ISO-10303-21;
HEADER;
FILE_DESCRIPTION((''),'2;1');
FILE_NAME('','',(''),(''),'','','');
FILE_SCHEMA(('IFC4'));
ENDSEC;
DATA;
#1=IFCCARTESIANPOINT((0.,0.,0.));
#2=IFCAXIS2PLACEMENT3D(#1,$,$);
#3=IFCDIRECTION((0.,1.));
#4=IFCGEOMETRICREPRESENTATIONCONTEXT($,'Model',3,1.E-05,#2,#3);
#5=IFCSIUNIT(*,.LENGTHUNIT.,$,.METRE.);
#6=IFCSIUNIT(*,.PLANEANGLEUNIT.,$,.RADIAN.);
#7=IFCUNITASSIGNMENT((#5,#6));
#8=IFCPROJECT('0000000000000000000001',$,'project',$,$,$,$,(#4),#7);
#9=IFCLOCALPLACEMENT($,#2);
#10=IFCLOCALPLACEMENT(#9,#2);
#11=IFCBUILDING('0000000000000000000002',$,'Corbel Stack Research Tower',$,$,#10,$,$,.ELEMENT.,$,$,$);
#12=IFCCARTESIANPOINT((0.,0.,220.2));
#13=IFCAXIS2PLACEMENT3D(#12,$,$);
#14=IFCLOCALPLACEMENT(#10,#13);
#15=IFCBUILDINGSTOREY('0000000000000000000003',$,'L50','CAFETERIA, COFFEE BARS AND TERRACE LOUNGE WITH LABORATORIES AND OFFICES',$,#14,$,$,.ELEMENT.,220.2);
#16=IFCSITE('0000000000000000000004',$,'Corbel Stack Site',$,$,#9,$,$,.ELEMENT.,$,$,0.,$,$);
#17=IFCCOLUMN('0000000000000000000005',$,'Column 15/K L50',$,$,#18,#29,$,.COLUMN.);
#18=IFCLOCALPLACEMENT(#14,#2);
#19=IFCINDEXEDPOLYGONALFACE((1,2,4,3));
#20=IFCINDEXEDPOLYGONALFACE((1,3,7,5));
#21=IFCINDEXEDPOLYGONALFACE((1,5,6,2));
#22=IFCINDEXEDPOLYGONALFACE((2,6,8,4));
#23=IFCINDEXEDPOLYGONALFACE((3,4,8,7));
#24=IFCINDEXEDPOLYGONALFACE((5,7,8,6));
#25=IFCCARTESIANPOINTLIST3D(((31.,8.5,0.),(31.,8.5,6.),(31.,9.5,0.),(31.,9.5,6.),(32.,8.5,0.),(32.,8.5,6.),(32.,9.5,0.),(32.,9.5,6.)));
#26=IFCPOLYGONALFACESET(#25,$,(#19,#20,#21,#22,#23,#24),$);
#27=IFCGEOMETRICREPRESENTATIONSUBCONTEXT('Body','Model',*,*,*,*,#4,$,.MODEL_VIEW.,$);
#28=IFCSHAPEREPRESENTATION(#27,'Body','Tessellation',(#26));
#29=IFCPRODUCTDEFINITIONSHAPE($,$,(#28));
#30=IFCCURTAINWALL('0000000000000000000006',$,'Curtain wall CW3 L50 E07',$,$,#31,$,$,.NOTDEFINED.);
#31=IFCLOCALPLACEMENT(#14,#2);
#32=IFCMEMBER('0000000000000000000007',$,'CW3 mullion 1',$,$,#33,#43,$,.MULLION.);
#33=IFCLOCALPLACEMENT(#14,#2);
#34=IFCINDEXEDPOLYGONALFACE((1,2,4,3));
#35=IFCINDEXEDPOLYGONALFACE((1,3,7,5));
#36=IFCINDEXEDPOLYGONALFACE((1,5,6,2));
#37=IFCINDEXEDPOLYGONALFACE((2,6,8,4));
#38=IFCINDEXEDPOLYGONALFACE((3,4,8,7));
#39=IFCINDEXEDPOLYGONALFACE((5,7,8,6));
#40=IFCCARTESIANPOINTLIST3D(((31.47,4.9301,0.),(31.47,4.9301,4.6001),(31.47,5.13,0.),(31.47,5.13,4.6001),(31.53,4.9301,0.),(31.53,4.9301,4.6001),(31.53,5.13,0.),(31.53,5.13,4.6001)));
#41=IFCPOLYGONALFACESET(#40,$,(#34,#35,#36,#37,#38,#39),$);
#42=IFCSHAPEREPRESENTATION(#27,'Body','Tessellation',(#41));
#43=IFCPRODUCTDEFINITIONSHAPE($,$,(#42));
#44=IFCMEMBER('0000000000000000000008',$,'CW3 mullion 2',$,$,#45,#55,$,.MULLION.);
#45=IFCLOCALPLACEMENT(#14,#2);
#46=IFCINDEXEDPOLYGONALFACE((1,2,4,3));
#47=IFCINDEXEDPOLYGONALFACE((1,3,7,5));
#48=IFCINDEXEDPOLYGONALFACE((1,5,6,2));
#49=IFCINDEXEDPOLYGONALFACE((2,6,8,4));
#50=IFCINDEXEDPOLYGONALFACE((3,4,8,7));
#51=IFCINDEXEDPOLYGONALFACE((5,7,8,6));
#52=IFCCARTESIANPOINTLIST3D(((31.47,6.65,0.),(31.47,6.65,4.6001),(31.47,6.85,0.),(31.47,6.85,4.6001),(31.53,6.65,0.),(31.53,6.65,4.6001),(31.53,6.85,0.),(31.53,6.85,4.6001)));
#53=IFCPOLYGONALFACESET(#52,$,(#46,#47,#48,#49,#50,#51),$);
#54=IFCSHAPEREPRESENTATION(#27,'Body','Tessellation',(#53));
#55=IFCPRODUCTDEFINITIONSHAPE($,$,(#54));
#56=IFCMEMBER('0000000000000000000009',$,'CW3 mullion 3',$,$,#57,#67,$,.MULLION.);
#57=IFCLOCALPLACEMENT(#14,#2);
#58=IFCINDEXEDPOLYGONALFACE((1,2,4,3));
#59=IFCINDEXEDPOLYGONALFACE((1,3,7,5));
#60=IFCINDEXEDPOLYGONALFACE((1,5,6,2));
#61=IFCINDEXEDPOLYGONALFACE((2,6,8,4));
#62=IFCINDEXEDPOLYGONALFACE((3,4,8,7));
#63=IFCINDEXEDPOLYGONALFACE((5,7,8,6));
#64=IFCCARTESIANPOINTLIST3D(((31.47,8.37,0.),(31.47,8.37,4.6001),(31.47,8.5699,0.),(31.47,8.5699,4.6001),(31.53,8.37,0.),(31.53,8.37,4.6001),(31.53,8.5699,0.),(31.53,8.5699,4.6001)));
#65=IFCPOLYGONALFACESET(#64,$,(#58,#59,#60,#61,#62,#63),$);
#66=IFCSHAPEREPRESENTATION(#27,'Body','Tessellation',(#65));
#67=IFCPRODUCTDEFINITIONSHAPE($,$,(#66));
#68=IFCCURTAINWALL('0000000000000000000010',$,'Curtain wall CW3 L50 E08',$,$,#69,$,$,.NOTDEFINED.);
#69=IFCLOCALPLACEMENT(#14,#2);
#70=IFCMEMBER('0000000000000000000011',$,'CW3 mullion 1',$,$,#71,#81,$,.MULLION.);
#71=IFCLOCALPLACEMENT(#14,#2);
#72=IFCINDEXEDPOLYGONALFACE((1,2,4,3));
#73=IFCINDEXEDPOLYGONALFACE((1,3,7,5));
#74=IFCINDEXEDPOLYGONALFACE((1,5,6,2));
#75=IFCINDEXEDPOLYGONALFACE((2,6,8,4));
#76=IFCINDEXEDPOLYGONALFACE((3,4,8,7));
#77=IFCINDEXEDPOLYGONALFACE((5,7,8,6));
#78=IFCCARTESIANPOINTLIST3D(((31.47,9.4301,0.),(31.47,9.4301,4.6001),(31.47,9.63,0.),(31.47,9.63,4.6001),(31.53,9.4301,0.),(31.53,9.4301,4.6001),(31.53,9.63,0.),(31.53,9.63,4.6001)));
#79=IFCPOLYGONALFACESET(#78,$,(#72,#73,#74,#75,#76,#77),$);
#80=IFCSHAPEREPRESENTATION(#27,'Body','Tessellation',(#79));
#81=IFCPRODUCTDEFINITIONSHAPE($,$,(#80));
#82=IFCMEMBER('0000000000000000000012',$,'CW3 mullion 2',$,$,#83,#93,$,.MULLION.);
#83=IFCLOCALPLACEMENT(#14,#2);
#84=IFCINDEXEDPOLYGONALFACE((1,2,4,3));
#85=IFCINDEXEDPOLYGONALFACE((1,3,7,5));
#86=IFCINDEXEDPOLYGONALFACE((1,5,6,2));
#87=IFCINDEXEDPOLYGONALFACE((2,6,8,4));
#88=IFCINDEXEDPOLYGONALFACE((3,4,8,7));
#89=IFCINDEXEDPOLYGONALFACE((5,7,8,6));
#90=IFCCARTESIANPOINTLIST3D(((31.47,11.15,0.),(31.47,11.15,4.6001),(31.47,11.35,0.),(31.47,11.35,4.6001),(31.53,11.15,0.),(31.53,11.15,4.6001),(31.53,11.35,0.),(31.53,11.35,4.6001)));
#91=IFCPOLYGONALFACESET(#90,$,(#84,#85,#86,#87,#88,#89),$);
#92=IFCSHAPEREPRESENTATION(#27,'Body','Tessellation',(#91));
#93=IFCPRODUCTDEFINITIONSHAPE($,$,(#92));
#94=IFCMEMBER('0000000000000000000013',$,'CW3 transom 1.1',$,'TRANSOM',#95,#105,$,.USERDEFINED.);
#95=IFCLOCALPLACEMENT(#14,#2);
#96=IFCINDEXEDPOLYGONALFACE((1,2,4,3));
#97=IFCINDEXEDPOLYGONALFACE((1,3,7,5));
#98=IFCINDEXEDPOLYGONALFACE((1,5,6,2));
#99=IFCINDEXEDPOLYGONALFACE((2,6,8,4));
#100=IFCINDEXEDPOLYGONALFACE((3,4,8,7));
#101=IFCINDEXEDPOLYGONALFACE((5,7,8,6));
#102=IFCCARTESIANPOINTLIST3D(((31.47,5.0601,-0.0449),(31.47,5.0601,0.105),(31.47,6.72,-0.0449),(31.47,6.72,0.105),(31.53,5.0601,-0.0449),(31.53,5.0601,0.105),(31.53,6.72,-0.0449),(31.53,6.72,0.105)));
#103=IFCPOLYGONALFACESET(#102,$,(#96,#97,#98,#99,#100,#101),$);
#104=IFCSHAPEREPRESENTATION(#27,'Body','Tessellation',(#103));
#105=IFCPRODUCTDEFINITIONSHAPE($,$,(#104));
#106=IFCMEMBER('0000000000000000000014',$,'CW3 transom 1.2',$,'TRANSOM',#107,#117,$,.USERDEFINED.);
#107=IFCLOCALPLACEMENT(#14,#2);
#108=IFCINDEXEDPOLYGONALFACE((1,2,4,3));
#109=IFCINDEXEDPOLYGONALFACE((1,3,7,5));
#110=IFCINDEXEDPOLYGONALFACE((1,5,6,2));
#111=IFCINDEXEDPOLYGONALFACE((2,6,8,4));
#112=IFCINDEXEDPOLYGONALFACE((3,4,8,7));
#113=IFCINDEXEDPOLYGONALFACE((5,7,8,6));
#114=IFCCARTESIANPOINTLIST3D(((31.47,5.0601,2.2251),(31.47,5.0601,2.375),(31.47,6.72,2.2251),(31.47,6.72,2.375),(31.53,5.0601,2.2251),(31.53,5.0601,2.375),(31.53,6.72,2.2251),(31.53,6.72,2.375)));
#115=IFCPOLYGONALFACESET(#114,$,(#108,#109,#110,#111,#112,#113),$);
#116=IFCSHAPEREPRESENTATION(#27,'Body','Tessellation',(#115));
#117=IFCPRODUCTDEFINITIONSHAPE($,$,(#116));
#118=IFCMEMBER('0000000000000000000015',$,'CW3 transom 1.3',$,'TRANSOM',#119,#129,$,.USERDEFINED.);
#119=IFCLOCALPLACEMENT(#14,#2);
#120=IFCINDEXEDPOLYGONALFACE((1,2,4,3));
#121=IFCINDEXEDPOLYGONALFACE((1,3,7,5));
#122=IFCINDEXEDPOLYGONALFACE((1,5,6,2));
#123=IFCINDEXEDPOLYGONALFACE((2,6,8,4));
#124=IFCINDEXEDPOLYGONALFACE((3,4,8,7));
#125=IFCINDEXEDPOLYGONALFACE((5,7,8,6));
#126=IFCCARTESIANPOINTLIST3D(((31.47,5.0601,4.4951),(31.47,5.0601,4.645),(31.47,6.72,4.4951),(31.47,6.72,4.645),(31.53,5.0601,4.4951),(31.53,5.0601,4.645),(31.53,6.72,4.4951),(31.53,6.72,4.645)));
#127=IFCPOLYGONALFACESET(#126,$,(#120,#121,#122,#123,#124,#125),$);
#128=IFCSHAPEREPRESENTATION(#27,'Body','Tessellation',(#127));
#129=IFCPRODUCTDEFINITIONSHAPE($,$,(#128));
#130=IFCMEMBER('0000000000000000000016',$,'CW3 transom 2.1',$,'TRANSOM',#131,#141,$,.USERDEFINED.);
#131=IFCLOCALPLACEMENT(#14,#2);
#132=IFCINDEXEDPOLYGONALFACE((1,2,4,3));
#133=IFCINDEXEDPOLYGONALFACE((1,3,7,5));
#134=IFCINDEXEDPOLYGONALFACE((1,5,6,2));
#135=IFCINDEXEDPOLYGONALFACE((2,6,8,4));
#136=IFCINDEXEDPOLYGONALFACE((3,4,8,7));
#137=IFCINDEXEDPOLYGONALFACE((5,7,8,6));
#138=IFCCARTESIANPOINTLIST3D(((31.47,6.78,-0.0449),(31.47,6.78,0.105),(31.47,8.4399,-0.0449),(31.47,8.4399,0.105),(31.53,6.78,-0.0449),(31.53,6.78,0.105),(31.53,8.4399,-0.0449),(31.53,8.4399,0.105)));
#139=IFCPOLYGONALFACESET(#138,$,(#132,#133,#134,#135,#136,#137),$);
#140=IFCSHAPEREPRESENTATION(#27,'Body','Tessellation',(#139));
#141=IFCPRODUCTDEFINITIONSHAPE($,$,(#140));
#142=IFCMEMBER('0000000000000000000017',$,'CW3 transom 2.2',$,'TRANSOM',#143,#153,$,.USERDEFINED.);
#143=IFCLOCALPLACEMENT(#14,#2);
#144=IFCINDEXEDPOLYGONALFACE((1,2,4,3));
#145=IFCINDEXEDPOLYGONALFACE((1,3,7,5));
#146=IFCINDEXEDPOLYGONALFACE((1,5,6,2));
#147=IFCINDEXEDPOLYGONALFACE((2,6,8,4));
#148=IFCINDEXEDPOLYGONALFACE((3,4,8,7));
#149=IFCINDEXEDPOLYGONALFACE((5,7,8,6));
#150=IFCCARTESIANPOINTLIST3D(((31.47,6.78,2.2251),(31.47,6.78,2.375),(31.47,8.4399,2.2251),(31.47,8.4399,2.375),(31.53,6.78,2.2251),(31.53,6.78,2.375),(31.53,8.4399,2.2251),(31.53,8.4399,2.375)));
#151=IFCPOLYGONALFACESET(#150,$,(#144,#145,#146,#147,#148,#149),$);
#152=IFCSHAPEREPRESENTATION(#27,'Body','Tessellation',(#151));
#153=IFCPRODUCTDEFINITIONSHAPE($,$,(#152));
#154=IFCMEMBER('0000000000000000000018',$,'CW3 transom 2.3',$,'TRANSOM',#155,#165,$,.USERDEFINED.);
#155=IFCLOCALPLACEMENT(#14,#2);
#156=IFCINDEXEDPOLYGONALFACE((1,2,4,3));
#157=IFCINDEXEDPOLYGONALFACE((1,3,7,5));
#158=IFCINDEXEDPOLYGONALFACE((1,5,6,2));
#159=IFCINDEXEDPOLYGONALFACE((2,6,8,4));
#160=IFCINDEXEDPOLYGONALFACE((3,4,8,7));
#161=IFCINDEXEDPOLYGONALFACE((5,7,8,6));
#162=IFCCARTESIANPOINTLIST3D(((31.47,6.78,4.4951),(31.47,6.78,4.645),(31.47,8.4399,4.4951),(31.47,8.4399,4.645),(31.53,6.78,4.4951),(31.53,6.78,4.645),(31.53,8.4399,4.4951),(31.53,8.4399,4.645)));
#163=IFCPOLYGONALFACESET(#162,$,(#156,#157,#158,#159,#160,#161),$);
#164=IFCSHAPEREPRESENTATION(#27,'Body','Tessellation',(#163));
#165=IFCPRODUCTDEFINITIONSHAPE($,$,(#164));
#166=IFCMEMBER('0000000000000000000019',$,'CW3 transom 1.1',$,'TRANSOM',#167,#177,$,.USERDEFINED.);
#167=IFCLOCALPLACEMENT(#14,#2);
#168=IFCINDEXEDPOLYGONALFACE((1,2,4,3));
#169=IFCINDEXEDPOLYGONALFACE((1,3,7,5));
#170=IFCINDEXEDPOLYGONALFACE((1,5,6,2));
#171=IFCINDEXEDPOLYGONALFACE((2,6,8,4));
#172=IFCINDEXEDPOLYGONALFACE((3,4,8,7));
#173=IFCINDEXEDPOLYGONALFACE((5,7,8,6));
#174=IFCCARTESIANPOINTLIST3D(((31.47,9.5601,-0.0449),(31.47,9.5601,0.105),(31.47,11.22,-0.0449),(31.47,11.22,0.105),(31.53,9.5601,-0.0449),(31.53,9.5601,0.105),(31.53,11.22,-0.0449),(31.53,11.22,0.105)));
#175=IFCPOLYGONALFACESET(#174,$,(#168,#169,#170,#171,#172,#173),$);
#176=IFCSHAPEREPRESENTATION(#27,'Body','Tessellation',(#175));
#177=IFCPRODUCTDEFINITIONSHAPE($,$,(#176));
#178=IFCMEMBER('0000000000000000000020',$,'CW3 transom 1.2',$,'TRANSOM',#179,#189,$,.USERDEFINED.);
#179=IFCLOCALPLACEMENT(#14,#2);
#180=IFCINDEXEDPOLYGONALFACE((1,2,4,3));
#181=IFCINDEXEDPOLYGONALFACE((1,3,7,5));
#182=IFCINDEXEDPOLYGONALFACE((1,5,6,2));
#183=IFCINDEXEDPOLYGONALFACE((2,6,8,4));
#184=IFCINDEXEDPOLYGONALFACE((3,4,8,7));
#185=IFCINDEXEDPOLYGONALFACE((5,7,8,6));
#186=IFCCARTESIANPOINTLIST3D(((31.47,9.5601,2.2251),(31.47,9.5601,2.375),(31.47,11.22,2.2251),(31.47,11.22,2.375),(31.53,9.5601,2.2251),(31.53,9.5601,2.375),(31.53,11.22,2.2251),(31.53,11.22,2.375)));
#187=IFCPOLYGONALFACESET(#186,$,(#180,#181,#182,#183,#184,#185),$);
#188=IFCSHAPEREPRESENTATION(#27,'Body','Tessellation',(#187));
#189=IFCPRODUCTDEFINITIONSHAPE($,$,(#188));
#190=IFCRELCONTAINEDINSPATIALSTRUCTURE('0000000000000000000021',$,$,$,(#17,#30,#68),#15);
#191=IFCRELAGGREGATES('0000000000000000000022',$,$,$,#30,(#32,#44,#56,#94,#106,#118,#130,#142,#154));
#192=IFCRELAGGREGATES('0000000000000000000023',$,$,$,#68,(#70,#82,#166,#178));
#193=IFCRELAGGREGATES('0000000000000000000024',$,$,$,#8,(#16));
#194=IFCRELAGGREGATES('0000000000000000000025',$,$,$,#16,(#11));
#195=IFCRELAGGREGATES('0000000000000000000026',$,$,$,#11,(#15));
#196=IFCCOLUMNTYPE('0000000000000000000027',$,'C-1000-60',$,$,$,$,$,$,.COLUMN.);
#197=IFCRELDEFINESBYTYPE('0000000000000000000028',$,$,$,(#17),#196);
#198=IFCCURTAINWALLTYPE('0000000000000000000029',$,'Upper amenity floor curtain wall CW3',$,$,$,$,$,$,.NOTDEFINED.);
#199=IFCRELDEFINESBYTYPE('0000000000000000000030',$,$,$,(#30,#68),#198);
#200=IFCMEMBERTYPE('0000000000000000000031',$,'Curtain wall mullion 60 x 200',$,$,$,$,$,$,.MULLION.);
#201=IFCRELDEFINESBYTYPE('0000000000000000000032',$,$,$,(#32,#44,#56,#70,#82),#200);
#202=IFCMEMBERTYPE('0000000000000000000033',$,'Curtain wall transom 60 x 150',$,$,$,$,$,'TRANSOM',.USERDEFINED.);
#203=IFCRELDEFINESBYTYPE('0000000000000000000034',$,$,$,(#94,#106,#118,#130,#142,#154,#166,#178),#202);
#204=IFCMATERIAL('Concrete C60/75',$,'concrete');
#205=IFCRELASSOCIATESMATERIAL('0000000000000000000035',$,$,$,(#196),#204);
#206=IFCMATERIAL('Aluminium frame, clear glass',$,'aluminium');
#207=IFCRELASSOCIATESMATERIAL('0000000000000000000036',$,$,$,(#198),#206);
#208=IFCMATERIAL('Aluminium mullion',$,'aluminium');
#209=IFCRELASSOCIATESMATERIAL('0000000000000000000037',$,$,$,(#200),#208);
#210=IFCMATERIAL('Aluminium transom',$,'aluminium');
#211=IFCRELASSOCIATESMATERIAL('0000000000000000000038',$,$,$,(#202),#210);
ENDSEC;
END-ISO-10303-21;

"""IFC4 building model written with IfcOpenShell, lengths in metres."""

from ifc_helpers import new_model, si_unit, direction, frame, origin, origin_2d, place, context, subcontext, project, spatial, rectangle, extrude, material, material_profile, profile_set, type_object, element, aggregate, save


model = new_model("IFC4")

# Units and contexts
model_context = context("Model", 3, precision=1e-05, world=origin(), true_north=direction((0.0, 1.0)))
body_context = subcontext(model_context, "Body", "Model", "MODEL_VIEW")
ifc_project = project(units=[si_unit("LENGTHUNIT", "METRE"), si_unit("PLANEANGLEUNIT", "RADIAN")], contexts=[model_context])

# Site, building, storey
site_placement = place(None, origin())
site = spatial("IfcSite", under=ifc_project, at=site_placement, Name="Corbel Stack Site", CompositionType="ELEMENT", RefElevation=0.0)
building_placement = place(site_placement, origin())
building = spatial("IfcBuilding", under=site, at=building_placement, Name="Corbel Stack Research Tower", CompositionType="ELEMENT")
storey_placement = place(building_placement, frame((0.0, 0.0, 220.2)))
storey = spatial("IfcBuildingStorey", under=building, at=storey_placement, Name="L50", Description="CAFETERIA, COFFEE BARS AND TERRACE LOUNGE WITH LABORATORIES AND OFFICES", CompositionType="ELEMENT", Elevation=220.2)

# Column
ifc_material_1 = material(Name="Concrete C60/75", Category="concrete")
ifc_material_profile_1 = material_profile(ifc_material_1, rectangle(XDim=1.0, YDim=1.0, at=origin_2d()), Name="RC 1000 x 1000")
ifc_profile_set_1 = profile_set([ifc_material_profile_1], Name="Concrete C60/75")
column_type = type_object("IfcColumnType", Name="C-1000-60", PredefinedType="COLUMN", material=ifc_profile_set_1)
column_placement = place(storey_placement, frame((31.5, 9.0, 0.0), z_axis=(0.0, 0.0, 1.0), x_axis=(1.0, 0.0, 0.0)))
element("IfcColumn", 1, at=column_placement, inside=storey, type_object=column_type, Name="Column 15/K L50", PredefinedType="COLUMN", context=body_context, shape_type="SweptSolid", body=[
    extrude(rectangle(XDim=1.0, YDim=1.0, at=origin_2d()), origin(), (0.0, 0.0, 1.0), 6.0),
])

# Curtain walls, members
ifc_material_2 = material(Name="Aluminium frame, clear glass", Category="aluminium")
curtain_wall_type = type_object("IfcCurtainWallType", Name="Upper amenity floor curtain wall CW3", PredefinedType="NOTDEFINED", material=ifc_material_2)
curtain_wall_1_placement = place(storey_placement, origin())
curtain_wall_1 = element("IfcCurtainWall", 2, at=curtain_wall_1_placement, inside=storey, type_object=curtain_wall_type, Name="Curtain wall CW3 L50 E07", PredefinedType="NOTDEFINED")
ifc_material_3 = material(Name="Aluminium mullion", Category="aluminium")
ifc_material_profile_2 = material_profile(ifc_material_3, rectangle(XDim=0.0601, YDim=0.2, at=origin_2d()), Name="Mullion 60 x 200")
ifc_profile_set_2 = profile_set([ifc_material_profile_2], Name="Aluminium mullion")
member_type_1 = type_object("IfcMemberType", Name="Curtain wall mullion 60 x 200", PredefinedType="MULLION", material=ifc_profile_set_2)
member_1_placement = place(storey_placement, frame((31.5, 5.03, 0.0), z_axis=(0.0, 0.0, 1.0), x_axis=(-1.0, 0.0, 0.0)))
member_1 = element("IfcMember", 3, at=member_1_placement, type_object=member_type_1, Name="CW3 mullion 1", PredefinedType="MULLION", context=body_context, shape_type="SweptSolid", body=[
    extrude(rectangle(XDim=0.0601, YDim=0.2, at=origin_2d()), origin(), (0.0, 0.0, 1.0), 4.6001),
])
member_2_placement = place(storey_placement, frame((31.5, 6.75, 0.0), z_axis=(0.0, 0.0, 1.0), x_axis=(-1.0, 0.0, 0.0)))
member_2 = element("IfcMember", 4, at=member_2_placement, type_object=member_type_1, Name="CW3 mullion 2", PredefinedType="MULLION", context=body_context, shape_type="SweptSolid", body=[
    extrude(rectangle(XDim=0.0601, YDim=0.2, at=origin_2d()), origin(), (0.0, 0.0, 1.0), 4.6001),
])
member_3_placement = place(storey_placement, frame((31.5, 8.47, 0.0), z_axis=(0.0, 0.0, 1.0), x_axis=(-1.0, 0.0, 0.0)))
member_3 = element("IfcMember", 5, at=member_3_placement, type_object=member_type_1, Name="CW3 mullion 3", PredefinedType="MULLION", context=body_context, shape_type="SweptSolid", body=[
    extrude(rectangle(XDim=0.0601, YDim=0.2, at=origin_2d()), origin(), (0.0, 0.0, 1.0), 4.6001),
])
curtain_wall_2_placement = place(storey_placement, origin())
curtain_wall_2 = element("IfcCurtainWall", 6, at=curtain_wall_2_placement, inside=storey, type_object=curtain_wall_type, Name="Curtain wall CW3 L50 E08", PredefinedType="NOTDEFINED")
member_4_placement = place(storey_placement, frame((31.5, 9.53, 0.0), z_axis=(0.0, 0.0, 1.0), x_axis=(-1.0, 0.0, 0.0)))
member_4 = element("IfcMember", 7, at=member_4_placement, type_object=member_type_1, Name="CW3 mullion 1", PredefinedType="MULLION", context=body_context, shape_type="SweptSolid", body=[
    extrude(rectangle(XDim=0.0601, YDim=0.2, at=origin_2d()), origin(), (0.0, 0.0, 1.0), 4.6001),
])
member_5_placement = place(storey_placement, frame((31.5, 11.25, 0.0), z_axis=(0.0, 0.0, 1.0), x_axis=(-1.0, 0.0, 0.0)))
member_5 = element("IfcMember", 8, at=member_5_placement, type_object=member_type_1, Name="CW3 mullion 2", PredefinedType="MULLION", context=body_context, shape_type="SweptSolid", body=[
    extrude(rectangle(XDim=0.0601, YDim=0.2, at=origin_2d()), origin(), (0.0, 0.0, 1.0), 4.6001),
])

# Members
ifc_material_4 = material(Name="Aluminium transom", Category="aluminium")
ifc_material_profile_3 = material_profile(ifc_material_4, rectangle(XDim=0.0601, YDim=0.1499, at=origin_2d()), Name="Transom 60 x 150")
ifc_profile_set_3 = profile_set([ifc_material_profile_3], Name="Aluminium transom")
member_type_2 = type_object("IfcMemberType", Name="Curtain wall transom 60 x 150", ElementType="TRANSOM", PredefinedType="USERDEFINED", material=ifc_profile_set_3)
member_6_placement = place(storey_placement, frame((31.5, 5.0601, 0.03), z_axis=(0.0, 1.0, 0.0), x_axis=(-1.0, 0.0, 0.0)))
member_6 = element("IfcMember", 9, at=member_6_placement, type_object=member_type_2, Name="CW3 transom 1.1", ObjectType="TRANSOM", PredefinedType="USERDEFINED", context=body_context, shape_type="SweptSolid", body=[
    extrude(rectangle(XDim=0.0601, YDim=0.1499, at=origin_2d()), origin(), (0.0, 0.0, 1.0), 1.6599),
])
member_7_placement = place(storey_placement, frame((31.5, 5.0601, 2.3), z_axis=(0.0, 1.0, 0.0), x_axis=(-1.0, 0.0, 0.0)))
member_7 = element("IfcMember", 10, at=member_7_placement, type_object=member_type_2, Name="CW3 transom 1.2", ObjectType="TRANSOM", PredefinedType="USERDEFINED", context=body_context, shape_type="SweptSolid", body=[
    extrude(rectangle(XDim=0.0601, YDim=0.1499, at=origin_2d()), origin(), (0.0, 0.0, 1.0), 1.6599),
])
member_8_placement = place(storey_placement, frame((31.5, 5.0601, 4.5701), z_axis=(0.0, 1.0, 0.0), x_axis=(-1.0, 0.0, 0.0)))
member_8 = element("IfcMember", 11, at=member_8_placement, type_object=member_type_2, Name="CW3 transom 1.3", ObjectType="TRANSOM", PredefinedType="USERDEFINED", context=body_context, shape_type="SweptSolid", body=[
    extrude(rectangle(XDim=0.0601, YDim=0.1499, at=origin_2d()), origin(), (0.0, 0.0, 1.0), 1.6599),
])
member_9_placement = place(storey_placement, frame((31.5, 6.78, 0.03), z_axis=(0.0, 1.0, 0.0), x_axis=(-1.0, 0.0, 0.0)))
member_9 = element("IfcMember", 12, at=member_9_placement, type_object=member_type_2, Name="CW3 transom 2.1", ObjectType="TRANSOM", PredefinedType="USERDEFINED", context=body_context, shape_type="SweptSolid", body=[
    extrude(rectangle(XDim=0.0601, YDim=0.1499, at=origin_2d()), origin(), (0.0, 0.0, 1.0), 1.6599),
])
member_10_placement = place(storey_placement, frame((31.5, 6.78, 2.3), z_axis=(0.0, 1.0, 0.0), x_axis=(-1.0, 0.0, 0.0)))
member_10 = element("IfcMember", 13, at=member_10_placement, type_object=member_type_2, Name="CW3 transom 2.2", ObjectType="TRANSOM", PredefinedType="USERDEFINED", context=body_context, shape_type="SweptSolid", body=[
    extrude(rectangle(XDim=0.0601, YDim=0.1499, at=origin_2d()), origin(), (0.0, 0.0, 1.0), 1.6599),
])
member_11_placement = place(storey_placement, frame((31.5, 6.78, 4.5701), z_axis=(0.0, 1.0, 0.0), x_axis=(-1.0, 0.0, 0.0)))
member_11 = element("IfcMember", 14, at=member_11_placement, type_object=member_type_2, Name="CW3 transom 2.3", ObjectType="TRANSOM", PredefinedType="USERDEFINED", context=body_context, shape_type="SweptSolid", body=[
    extrude(rectangle(XDim=0.0601, YDim=0.1499, at=origin_2d()), origin(), (0.0, 0.0, 1.0), 1.6599),
])
member_12_placement = place(storey_placement, frame((31.5, 9.5601, 0.03), z_axis=(0.0, 1.0, 0.0), x_axis=(-1.0, 0.0, 0.0)))
member_12 = element("IfcMember", 15, at=member_12_placement, type_object=member_type_2, Name="CW3 transom 1.1", ObjectType="TRANSOM", PredefinedType="USERDEFINED", context=body_context, shape_type="SweptSolid", body=[
    extrude(rectangle(XDim=0.0601, YDim=0.1499, at=origin_2d()), origin(), (0.0, 0.0, 1.0), 1.6599),
])
member_13_placement = place(storey_placement, frame((31.5, 9.5601, 2.3), z_axis=(0.0, 1.0, 0.0), x_axis=(-1.0, 0.0, 0.0)))
member_13 = element("IfcMember", 16, at=member_13_placement, type_object=member_type_2, Name="CW3 transom 1.2", ObjectType="TRANSOM", PredefinedType="USERDEFINED", context=body_context, shape_type="SweptSolid", body=[
    extrude(rectangle(XDim=0.0601, YDim=0.1499, at=origin_2d()), origin(), (0.0, 0.0, 1.0), 1.6599),
])

aggregate(curtain_wall_1, [member_1, member_2, member_3, member_6, member_7, member_8, member_9, member_10, member_11])
aggregate(curtain_wall_2, [member_4, member_5, member_12, member_13])

save(model, "model.ifc")
